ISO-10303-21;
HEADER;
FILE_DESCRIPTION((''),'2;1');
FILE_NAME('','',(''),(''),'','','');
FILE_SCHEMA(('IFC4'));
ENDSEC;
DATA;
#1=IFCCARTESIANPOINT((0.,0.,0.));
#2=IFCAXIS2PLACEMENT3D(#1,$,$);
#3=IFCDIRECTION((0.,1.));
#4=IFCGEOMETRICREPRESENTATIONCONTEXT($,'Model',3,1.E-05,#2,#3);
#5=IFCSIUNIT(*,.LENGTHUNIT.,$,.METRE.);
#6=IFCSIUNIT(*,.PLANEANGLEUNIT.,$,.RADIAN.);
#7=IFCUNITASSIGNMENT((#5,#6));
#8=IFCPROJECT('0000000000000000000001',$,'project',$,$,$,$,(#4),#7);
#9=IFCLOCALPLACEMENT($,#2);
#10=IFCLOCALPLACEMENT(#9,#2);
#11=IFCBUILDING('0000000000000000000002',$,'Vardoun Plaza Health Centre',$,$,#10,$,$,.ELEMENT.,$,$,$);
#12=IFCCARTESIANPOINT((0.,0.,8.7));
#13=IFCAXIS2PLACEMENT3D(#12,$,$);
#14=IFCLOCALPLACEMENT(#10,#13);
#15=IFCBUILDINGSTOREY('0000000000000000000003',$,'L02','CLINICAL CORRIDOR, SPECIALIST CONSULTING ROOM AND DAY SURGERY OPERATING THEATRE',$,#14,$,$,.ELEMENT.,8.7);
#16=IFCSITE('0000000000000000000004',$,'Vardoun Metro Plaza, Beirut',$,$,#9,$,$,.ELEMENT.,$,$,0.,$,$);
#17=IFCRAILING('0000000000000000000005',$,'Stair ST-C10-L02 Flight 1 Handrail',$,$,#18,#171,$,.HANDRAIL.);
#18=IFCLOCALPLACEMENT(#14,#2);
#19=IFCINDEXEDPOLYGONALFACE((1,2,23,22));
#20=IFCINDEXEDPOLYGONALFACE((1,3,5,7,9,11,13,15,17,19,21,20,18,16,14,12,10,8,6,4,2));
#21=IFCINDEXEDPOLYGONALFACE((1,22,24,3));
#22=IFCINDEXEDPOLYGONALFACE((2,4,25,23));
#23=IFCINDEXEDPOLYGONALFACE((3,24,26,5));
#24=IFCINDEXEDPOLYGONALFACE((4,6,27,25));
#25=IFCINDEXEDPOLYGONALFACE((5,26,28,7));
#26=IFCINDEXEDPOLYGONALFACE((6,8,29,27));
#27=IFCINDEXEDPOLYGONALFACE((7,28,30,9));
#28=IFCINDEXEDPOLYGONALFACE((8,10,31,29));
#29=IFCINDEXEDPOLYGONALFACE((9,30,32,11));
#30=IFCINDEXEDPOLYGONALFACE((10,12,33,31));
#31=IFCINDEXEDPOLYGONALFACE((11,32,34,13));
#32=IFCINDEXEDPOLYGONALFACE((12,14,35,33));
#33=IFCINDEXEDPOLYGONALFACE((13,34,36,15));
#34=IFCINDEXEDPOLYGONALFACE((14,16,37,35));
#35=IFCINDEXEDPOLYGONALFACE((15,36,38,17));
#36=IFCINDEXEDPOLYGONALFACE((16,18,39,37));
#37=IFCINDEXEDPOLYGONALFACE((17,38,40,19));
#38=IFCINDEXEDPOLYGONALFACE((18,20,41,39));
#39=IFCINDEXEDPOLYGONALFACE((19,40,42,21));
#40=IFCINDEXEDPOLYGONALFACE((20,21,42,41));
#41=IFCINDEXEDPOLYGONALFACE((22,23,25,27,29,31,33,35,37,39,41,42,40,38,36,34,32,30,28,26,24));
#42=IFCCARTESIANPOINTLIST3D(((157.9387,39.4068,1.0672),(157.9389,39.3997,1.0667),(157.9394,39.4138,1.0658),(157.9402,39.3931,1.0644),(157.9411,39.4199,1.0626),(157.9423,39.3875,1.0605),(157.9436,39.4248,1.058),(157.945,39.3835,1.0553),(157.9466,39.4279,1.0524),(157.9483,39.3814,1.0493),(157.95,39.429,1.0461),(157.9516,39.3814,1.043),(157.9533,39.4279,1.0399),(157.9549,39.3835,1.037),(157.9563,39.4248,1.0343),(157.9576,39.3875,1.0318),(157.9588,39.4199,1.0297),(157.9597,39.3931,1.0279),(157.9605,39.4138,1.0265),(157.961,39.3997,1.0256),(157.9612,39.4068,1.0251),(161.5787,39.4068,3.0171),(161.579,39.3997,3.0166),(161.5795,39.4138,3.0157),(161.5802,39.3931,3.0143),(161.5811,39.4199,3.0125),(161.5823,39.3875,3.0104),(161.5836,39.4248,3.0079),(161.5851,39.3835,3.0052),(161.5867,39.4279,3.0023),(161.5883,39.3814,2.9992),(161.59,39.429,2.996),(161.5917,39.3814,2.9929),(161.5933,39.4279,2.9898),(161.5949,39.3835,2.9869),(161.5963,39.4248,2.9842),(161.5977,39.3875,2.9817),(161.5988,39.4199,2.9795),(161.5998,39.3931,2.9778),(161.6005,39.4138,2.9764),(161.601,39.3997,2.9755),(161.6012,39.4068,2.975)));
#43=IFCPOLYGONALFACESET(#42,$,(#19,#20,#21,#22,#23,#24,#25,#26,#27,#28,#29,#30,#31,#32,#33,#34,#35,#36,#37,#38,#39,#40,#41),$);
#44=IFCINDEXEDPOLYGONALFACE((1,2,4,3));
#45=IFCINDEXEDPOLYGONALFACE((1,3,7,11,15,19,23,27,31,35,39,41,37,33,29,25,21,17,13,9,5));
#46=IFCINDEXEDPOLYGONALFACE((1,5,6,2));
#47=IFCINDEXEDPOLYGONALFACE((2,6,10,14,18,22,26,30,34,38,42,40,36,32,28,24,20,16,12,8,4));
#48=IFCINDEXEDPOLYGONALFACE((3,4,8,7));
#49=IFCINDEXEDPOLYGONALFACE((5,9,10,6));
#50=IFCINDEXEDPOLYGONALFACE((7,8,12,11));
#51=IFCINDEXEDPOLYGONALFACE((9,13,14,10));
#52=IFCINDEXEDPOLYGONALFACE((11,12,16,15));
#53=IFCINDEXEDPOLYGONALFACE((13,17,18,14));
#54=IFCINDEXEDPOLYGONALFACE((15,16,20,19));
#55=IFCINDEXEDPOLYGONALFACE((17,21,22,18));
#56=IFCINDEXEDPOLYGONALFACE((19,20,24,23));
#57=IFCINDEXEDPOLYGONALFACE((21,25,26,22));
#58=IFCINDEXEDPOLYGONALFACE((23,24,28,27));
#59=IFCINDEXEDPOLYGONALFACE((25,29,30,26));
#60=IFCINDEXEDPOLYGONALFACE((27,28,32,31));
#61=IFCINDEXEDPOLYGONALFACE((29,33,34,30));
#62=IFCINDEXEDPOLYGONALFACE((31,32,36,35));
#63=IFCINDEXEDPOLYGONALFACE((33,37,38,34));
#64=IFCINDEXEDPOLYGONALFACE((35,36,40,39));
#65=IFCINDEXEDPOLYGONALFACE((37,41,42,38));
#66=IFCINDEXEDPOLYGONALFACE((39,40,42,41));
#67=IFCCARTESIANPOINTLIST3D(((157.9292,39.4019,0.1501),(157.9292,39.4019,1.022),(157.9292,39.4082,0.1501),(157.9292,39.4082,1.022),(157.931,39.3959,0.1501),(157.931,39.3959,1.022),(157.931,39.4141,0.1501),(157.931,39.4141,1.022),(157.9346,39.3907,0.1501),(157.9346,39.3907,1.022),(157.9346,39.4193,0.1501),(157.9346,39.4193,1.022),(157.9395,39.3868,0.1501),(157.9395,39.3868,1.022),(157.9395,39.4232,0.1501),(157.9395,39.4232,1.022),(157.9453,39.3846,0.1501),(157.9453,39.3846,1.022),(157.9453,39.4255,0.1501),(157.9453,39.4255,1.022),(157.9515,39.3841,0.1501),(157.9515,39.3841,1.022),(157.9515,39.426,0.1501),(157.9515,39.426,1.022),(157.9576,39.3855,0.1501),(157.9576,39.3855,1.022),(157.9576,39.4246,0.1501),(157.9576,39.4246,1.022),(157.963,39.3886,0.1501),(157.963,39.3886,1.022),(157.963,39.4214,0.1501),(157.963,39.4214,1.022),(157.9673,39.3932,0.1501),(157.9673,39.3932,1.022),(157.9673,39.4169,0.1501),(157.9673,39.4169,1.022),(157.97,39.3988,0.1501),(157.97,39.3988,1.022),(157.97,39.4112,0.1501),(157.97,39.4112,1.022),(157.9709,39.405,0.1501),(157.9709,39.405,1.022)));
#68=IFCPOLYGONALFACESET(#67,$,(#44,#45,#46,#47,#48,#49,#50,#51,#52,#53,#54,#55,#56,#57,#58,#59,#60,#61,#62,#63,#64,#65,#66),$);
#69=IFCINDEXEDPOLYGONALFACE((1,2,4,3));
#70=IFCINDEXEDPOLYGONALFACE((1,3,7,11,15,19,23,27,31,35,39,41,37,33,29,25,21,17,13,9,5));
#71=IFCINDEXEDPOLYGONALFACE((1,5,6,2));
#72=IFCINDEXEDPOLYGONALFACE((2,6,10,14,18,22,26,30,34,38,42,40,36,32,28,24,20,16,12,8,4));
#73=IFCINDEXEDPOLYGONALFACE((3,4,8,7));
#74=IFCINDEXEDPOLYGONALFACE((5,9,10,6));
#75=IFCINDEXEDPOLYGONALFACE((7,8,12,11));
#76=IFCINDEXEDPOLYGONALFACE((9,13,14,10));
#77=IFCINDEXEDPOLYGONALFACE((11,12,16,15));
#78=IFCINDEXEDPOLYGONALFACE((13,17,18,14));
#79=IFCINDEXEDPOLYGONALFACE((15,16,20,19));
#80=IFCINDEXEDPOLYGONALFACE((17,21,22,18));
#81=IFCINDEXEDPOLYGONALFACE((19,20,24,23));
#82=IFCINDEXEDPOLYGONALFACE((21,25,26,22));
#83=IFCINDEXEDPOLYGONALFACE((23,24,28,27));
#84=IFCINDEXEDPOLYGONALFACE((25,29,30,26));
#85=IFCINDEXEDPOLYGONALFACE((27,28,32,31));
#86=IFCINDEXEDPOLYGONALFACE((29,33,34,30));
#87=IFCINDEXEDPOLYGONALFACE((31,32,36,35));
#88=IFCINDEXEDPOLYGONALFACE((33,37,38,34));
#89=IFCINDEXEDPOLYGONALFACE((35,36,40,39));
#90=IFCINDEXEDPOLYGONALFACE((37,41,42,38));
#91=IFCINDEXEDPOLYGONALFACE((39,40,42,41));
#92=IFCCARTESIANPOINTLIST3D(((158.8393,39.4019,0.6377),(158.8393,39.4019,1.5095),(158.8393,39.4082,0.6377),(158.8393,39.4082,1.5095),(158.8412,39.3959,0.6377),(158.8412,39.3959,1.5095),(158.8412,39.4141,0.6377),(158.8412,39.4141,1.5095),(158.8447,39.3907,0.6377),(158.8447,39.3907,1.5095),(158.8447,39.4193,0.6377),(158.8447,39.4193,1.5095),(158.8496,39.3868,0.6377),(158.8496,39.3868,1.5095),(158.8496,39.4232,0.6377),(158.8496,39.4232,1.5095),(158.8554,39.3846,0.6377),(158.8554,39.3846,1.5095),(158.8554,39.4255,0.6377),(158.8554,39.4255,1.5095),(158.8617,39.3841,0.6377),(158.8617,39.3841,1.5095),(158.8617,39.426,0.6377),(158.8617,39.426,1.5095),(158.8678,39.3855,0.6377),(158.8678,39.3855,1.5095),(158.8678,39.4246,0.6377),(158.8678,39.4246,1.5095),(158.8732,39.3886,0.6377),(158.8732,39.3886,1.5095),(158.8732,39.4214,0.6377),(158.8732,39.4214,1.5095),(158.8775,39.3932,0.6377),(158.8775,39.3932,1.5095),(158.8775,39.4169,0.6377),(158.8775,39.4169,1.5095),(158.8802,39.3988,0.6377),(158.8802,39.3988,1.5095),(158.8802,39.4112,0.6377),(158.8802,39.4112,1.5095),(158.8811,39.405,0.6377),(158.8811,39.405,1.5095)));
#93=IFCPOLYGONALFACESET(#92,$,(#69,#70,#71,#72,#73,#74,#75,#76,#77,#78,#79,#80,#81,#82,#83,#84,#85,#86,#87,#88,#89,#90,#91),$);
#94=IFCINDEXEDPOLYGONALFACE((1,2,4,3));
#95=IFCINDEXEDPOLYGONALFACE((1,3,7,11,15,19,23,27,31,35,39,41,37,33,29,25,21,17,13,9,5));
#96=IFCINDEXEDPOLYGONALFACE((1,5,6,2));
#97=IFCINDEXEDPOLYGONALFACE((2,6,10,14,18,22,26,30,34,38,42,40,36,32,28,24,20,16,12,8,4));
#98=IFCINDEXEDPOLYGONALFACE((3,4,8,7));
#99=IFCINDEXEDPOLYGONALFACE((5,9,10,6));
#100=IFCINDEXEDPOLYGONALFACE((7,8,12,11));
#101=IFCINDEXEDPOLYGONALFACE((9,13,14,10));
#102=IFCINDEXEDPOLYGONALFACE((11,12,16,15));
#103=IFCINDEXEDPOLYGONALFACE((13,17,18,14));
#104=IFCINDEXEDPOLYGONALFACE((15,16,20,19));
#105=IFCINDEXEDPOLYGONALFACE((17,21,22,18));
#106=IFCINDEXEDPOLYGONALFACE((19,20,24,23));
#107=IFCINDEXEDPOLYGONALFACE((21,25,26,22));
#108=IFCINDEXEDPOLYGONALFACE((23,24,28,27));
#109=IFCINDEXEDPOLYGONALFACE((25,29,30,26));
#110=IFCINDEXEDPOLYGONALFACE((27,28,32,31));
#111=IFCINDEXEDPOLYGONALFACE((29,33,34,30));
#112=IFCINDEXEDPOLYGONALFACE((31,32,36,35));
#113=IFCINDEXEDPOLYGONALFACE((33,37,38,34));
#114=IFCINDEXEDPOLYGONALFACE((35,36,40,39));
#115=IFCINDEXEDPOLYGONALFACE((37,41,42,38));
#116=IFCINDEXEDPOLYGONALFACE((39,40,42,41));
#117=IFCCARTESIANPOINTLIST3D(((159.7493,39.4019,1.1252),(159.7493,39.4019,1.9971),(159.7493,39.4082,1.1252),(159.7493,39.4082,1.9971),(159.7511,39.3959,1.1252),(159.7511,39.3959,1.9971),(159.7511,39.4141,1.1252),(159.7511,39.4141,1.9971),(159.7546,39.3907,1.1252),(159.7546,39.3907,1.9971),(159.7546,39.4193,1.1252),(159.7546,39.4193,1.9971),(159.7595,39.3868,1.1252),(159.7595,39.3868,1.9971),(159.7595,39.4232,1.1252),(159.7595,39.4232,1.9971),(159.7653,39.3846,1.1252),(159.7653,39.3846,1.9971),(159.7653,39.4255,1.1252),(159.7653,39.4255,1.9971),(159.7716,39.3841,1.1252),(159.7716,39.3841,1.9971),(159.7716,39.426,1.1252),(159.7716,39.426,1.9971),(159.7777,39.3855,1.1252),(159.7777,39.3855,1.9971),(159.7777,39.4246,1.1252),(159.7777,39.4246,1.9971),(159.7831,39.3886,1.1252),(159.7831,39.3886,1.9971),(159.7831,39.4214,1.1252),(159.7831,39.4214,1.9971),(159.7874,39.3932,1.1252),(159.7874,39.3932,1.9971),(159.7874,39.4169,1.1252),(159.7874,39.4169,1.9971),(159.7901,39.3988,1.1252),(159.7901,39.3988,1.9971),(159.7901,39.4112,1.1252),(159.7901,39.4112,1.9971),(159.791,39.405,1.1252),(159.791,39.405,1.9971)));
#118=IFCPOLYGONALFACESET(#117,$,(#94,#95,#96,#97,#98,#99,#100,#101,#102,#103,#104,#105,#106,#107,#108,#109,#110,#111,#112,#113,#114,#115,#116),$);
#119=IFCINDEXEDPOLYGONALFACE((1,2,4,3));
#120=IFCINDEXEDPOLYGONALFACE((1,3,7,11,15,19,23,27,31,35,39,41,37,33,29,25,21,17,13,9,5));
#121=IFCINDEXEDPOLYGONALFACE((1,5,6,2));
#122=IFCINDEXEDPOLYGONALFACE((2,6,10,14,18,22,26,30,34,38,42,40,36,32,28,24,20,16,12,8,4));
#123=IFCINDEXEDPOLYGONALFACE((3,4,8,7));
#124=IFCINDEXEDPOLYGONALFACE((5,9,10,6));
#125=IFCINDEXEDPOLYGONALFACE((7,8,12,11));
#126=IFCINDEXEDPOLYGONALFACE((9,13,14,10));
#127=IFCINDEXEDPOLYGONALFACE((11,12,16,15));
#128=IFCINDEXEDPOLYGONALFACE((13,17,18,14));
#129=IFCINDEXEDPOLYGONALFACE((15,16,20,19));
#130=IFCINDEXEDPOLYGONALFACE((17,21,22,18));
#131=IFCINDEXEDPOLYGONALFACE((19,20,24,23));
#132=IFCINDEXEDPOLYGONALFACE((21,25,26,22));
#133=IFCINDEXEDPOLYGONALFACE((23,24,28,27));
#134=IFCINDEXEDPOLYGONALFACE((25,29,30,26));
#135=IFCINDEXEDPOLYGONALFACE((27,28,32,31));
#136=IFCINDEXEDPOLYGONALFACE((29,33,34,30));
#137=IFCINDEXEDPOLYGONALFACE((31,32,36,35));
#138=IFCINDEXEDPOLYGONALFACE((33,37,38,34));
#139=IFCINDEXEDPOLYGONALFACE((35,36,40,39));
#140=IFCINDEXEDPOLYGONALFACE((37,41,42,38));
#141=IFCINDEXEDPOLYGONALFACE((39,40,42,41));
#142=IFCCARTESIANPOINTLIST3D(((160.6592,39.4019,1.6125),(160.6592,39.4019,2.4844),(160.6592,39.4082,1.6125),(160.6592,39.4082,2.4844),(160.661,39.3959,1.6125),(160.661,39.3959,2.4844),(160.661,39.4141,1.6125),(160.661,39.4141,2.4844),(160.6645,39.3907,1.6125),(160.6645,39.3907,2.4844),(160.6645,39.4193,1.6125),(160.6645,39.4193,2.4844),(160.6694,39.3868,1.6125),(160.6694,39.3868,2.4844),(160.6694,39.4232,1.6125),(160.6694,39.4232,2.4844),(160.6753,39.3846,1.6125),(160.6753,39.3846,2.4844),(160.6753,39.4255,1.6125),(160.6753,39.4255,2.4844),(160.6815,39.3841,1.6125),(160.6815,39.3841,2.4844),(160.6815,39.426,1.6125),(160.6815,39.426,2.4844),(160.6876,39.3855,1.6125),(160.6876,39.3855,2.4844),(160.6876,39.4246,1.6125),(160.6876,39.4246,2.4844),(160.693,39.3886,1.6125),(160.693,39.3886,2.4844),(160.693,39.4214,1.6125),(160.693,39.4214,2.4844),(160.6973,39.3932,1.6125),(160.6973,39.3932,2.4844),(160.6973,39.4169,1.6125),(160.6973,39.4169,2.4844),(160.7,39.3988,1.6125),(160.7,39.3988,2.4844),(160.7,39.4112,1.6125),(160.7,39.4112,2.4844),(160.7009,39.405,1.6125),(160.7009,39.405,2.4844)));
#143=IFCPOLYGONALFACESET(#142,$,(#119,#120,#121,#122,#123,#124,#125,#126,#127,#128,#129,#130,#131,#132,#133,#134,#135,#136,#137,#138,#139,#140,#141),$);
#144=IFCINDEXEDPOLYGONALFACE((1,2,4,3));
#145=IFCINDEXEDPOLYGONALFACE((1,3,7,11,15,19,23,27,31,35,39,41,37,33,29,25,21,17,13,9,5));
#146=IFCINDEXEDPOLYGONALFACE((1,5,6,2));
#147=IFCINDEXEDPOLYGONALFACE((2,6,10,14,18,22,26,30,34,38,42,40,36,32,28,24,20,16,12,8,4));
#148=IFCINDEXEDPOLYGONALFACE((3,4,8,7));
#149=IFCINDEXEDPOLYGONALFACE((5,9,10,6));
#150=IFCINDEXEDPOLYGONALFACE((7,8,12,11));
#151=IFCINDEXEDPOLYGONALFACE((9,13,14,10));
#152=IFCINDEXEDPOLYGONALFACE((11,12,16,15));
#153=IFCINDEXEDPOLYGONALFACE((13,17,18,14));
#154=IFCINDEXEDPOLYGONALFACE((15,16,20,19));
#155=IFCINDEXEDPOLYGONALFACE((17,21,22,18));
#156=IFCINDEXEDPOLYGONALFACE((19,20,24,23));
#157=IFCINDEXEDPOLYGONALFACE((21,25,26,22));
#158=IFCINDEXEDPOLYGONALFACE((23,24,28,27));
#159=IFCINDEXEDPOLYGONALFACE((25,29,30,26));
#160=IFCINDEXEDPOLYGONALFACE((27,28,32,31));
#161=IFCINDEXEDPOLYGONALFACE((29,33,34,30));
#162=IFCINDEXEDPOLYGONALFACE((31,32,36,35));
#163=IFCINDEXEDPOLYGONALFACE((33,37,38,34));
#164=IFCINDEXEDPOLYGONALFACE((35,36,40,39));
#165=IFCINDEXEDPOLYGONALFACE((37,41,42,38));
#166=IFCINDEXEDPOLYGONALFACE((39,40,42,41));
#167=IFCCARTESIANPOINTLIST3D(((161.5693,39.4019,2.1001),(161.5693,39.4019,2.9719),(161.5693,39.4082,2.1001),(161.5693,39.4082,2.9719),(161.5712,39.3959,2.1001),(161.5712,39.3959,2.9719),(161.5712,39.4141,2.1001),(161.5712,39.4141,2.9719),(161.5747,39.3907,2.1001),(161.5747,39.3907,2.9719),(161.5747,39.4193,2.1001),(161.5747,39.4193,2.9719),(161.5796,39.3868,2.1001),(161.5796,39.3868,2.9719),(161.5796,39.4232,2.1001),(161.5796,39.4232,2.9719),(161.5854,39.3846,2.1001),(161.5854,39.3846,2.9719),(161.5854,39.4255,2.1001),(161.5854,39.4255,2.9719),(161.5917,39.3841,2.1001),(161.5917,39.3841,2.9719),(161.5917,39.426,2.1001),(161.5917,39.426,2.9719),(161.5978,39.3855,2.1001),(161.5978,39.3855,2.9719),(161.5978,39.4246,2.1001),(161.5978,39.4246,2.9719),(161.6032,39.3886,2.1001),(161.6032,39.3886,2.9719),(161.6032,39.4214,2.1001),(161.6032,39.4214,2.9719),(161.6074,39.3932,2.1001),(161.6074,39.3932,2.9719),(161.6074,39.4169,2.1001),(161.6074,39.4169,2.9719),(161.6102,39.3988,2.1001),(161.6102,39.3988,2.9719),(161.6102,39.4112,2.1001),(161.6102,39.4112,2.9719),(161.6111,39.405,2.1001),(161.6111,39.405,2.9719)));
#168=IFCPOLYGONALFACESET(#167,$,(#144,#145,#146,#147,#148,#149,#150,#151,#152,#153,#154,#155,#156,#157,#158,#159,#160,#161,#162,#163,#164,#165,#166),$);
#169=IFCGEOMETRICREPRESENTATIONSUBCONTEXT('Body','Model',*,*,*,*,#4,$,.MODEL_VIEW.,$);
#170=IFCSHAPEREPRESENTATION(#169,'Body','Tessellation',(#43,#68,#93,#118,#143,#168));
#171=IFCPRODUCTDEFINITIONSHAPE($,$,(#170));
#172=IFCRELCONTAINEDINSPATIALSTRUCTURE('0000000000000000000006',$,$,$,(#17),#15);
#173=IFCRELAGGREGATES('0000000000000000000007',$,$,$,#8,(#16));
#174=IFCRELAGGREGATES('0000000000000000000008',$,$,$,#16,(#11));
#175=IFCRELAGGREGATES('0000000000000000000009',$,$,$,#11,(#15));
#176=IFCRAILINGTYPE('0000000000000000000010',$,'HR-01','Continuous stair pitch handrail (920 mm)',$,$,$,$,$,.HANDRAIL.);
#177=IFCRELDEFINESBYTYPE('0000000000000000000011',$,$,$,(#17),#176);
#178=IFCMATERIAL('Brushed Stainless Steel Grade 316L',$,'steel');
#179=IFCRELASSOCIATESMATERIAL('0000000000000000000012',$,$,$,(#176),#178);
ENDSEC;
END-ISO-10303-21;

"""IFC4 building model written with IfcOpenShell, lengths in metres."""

from ifc_helpers import new_model, si_unit, direction, frame, origin, origin_2d, place, context, subcontext, project, spatial, circle, extrude, material, type_object, element, save


model = new_model("IFC4")

# Units and contexts
model_context = context("Model", 3, precision=1e-05, world=origin(), true_north=direction((0.0, 1.0)))
body_context = subcontext(model_context, "Body", "Model", "MODEL_VIEW")
ifc_project = project(units=[si_unit("LENGTHUNIT", "METRE"), si_unit("PLANEANGLEUNIT", "RADIAN")], contexts=[model_context])

# Site, building, storey
site_placement = place(None, origin())
site = spatial("IfcSite", under=ifc_project, at=site_placement, Name="Vardoun Metro Plaza, Beirut", CompositionType="ELEMENT", RefElevation=0.0)
building_placement = place(site_placement, origin())
building = spatial("IfcBuilding", under=site, at=building_placement, Name="Vardoun Plaza Health Centre", CompositionType="ELEMENT")
storey_placement = place(building_placement, frame((0.0, 0.0, 8.7)))
storey = spatial("IfcBuildingStorey", under=building, at=storey_placement, Name="L02", Description="CLINICAL CORRIDOR, SPECIALIST CONSULTING ROOM AND DAY SURGERY OPERATING THEATRE", CompositionType="ELEMENT", Elevation=8.7)

# Railing
ifc_material_1 = material(Name="Brushed Stainless Steel Grade 316L", Category="steel")
railing_type_1 = type_object("IfcRailingType", Name="HR-01", Description="Continuous stair pitch handrail (920 mm)", PredefinedType="HANDRAIL", material=ifc_material_1)
railing_1_placement = place(storey_placement, frame((157.95, 39.405, 0.1501)))
element("IfcRailing", 1, at=railing_1_placement, inside=storey, type_object=railing_type_1, Name="Stair ST-C10-L02 Flight 1 Handrail", PredefinedType="HANDRAIL", context=body_context, shape_type="SweptSolid", body=[
    extrude(circle(Radius=0.0239, at=origin_2d()), frame((0.0, 0.0, 0.896), z_axis=(0.881492, 0.0, 0.472198), x_axis=(0.0, 1.0, 0.0)), (0.0, 0.0, 1.0), 4.1294),
    extrude(circle(Radius=0.021, at=origin_2d()), origin(), (0.0, 0.0, 1.0), 0.8718),
    extrude(circle(Radius=0.021, at=origin_2d()), frame((0.9102, 0.0, 0.4875)), (0.0, 0.0, 1.0), 0.8718),
    extrude(circle(Radius=0.021, at=origin_2d()), frame((1.8201, 0.0, 0.9751)), (0.0, 0.0, 1.0), 0.8718),
    extrude(circle(Radius=0.021, at=origin_2d()), frame((2.73, 0.0, 1.4624)), (0.0, 0.0, 1.0), 0.8718),
    extrude(circle(Radius=0.021, at=origin_2d()), frame((3.6401, 0.0, 1.95)), (0.0, 0.0, 1.0), 0.8718),
])

save(model, "model.ifc")
